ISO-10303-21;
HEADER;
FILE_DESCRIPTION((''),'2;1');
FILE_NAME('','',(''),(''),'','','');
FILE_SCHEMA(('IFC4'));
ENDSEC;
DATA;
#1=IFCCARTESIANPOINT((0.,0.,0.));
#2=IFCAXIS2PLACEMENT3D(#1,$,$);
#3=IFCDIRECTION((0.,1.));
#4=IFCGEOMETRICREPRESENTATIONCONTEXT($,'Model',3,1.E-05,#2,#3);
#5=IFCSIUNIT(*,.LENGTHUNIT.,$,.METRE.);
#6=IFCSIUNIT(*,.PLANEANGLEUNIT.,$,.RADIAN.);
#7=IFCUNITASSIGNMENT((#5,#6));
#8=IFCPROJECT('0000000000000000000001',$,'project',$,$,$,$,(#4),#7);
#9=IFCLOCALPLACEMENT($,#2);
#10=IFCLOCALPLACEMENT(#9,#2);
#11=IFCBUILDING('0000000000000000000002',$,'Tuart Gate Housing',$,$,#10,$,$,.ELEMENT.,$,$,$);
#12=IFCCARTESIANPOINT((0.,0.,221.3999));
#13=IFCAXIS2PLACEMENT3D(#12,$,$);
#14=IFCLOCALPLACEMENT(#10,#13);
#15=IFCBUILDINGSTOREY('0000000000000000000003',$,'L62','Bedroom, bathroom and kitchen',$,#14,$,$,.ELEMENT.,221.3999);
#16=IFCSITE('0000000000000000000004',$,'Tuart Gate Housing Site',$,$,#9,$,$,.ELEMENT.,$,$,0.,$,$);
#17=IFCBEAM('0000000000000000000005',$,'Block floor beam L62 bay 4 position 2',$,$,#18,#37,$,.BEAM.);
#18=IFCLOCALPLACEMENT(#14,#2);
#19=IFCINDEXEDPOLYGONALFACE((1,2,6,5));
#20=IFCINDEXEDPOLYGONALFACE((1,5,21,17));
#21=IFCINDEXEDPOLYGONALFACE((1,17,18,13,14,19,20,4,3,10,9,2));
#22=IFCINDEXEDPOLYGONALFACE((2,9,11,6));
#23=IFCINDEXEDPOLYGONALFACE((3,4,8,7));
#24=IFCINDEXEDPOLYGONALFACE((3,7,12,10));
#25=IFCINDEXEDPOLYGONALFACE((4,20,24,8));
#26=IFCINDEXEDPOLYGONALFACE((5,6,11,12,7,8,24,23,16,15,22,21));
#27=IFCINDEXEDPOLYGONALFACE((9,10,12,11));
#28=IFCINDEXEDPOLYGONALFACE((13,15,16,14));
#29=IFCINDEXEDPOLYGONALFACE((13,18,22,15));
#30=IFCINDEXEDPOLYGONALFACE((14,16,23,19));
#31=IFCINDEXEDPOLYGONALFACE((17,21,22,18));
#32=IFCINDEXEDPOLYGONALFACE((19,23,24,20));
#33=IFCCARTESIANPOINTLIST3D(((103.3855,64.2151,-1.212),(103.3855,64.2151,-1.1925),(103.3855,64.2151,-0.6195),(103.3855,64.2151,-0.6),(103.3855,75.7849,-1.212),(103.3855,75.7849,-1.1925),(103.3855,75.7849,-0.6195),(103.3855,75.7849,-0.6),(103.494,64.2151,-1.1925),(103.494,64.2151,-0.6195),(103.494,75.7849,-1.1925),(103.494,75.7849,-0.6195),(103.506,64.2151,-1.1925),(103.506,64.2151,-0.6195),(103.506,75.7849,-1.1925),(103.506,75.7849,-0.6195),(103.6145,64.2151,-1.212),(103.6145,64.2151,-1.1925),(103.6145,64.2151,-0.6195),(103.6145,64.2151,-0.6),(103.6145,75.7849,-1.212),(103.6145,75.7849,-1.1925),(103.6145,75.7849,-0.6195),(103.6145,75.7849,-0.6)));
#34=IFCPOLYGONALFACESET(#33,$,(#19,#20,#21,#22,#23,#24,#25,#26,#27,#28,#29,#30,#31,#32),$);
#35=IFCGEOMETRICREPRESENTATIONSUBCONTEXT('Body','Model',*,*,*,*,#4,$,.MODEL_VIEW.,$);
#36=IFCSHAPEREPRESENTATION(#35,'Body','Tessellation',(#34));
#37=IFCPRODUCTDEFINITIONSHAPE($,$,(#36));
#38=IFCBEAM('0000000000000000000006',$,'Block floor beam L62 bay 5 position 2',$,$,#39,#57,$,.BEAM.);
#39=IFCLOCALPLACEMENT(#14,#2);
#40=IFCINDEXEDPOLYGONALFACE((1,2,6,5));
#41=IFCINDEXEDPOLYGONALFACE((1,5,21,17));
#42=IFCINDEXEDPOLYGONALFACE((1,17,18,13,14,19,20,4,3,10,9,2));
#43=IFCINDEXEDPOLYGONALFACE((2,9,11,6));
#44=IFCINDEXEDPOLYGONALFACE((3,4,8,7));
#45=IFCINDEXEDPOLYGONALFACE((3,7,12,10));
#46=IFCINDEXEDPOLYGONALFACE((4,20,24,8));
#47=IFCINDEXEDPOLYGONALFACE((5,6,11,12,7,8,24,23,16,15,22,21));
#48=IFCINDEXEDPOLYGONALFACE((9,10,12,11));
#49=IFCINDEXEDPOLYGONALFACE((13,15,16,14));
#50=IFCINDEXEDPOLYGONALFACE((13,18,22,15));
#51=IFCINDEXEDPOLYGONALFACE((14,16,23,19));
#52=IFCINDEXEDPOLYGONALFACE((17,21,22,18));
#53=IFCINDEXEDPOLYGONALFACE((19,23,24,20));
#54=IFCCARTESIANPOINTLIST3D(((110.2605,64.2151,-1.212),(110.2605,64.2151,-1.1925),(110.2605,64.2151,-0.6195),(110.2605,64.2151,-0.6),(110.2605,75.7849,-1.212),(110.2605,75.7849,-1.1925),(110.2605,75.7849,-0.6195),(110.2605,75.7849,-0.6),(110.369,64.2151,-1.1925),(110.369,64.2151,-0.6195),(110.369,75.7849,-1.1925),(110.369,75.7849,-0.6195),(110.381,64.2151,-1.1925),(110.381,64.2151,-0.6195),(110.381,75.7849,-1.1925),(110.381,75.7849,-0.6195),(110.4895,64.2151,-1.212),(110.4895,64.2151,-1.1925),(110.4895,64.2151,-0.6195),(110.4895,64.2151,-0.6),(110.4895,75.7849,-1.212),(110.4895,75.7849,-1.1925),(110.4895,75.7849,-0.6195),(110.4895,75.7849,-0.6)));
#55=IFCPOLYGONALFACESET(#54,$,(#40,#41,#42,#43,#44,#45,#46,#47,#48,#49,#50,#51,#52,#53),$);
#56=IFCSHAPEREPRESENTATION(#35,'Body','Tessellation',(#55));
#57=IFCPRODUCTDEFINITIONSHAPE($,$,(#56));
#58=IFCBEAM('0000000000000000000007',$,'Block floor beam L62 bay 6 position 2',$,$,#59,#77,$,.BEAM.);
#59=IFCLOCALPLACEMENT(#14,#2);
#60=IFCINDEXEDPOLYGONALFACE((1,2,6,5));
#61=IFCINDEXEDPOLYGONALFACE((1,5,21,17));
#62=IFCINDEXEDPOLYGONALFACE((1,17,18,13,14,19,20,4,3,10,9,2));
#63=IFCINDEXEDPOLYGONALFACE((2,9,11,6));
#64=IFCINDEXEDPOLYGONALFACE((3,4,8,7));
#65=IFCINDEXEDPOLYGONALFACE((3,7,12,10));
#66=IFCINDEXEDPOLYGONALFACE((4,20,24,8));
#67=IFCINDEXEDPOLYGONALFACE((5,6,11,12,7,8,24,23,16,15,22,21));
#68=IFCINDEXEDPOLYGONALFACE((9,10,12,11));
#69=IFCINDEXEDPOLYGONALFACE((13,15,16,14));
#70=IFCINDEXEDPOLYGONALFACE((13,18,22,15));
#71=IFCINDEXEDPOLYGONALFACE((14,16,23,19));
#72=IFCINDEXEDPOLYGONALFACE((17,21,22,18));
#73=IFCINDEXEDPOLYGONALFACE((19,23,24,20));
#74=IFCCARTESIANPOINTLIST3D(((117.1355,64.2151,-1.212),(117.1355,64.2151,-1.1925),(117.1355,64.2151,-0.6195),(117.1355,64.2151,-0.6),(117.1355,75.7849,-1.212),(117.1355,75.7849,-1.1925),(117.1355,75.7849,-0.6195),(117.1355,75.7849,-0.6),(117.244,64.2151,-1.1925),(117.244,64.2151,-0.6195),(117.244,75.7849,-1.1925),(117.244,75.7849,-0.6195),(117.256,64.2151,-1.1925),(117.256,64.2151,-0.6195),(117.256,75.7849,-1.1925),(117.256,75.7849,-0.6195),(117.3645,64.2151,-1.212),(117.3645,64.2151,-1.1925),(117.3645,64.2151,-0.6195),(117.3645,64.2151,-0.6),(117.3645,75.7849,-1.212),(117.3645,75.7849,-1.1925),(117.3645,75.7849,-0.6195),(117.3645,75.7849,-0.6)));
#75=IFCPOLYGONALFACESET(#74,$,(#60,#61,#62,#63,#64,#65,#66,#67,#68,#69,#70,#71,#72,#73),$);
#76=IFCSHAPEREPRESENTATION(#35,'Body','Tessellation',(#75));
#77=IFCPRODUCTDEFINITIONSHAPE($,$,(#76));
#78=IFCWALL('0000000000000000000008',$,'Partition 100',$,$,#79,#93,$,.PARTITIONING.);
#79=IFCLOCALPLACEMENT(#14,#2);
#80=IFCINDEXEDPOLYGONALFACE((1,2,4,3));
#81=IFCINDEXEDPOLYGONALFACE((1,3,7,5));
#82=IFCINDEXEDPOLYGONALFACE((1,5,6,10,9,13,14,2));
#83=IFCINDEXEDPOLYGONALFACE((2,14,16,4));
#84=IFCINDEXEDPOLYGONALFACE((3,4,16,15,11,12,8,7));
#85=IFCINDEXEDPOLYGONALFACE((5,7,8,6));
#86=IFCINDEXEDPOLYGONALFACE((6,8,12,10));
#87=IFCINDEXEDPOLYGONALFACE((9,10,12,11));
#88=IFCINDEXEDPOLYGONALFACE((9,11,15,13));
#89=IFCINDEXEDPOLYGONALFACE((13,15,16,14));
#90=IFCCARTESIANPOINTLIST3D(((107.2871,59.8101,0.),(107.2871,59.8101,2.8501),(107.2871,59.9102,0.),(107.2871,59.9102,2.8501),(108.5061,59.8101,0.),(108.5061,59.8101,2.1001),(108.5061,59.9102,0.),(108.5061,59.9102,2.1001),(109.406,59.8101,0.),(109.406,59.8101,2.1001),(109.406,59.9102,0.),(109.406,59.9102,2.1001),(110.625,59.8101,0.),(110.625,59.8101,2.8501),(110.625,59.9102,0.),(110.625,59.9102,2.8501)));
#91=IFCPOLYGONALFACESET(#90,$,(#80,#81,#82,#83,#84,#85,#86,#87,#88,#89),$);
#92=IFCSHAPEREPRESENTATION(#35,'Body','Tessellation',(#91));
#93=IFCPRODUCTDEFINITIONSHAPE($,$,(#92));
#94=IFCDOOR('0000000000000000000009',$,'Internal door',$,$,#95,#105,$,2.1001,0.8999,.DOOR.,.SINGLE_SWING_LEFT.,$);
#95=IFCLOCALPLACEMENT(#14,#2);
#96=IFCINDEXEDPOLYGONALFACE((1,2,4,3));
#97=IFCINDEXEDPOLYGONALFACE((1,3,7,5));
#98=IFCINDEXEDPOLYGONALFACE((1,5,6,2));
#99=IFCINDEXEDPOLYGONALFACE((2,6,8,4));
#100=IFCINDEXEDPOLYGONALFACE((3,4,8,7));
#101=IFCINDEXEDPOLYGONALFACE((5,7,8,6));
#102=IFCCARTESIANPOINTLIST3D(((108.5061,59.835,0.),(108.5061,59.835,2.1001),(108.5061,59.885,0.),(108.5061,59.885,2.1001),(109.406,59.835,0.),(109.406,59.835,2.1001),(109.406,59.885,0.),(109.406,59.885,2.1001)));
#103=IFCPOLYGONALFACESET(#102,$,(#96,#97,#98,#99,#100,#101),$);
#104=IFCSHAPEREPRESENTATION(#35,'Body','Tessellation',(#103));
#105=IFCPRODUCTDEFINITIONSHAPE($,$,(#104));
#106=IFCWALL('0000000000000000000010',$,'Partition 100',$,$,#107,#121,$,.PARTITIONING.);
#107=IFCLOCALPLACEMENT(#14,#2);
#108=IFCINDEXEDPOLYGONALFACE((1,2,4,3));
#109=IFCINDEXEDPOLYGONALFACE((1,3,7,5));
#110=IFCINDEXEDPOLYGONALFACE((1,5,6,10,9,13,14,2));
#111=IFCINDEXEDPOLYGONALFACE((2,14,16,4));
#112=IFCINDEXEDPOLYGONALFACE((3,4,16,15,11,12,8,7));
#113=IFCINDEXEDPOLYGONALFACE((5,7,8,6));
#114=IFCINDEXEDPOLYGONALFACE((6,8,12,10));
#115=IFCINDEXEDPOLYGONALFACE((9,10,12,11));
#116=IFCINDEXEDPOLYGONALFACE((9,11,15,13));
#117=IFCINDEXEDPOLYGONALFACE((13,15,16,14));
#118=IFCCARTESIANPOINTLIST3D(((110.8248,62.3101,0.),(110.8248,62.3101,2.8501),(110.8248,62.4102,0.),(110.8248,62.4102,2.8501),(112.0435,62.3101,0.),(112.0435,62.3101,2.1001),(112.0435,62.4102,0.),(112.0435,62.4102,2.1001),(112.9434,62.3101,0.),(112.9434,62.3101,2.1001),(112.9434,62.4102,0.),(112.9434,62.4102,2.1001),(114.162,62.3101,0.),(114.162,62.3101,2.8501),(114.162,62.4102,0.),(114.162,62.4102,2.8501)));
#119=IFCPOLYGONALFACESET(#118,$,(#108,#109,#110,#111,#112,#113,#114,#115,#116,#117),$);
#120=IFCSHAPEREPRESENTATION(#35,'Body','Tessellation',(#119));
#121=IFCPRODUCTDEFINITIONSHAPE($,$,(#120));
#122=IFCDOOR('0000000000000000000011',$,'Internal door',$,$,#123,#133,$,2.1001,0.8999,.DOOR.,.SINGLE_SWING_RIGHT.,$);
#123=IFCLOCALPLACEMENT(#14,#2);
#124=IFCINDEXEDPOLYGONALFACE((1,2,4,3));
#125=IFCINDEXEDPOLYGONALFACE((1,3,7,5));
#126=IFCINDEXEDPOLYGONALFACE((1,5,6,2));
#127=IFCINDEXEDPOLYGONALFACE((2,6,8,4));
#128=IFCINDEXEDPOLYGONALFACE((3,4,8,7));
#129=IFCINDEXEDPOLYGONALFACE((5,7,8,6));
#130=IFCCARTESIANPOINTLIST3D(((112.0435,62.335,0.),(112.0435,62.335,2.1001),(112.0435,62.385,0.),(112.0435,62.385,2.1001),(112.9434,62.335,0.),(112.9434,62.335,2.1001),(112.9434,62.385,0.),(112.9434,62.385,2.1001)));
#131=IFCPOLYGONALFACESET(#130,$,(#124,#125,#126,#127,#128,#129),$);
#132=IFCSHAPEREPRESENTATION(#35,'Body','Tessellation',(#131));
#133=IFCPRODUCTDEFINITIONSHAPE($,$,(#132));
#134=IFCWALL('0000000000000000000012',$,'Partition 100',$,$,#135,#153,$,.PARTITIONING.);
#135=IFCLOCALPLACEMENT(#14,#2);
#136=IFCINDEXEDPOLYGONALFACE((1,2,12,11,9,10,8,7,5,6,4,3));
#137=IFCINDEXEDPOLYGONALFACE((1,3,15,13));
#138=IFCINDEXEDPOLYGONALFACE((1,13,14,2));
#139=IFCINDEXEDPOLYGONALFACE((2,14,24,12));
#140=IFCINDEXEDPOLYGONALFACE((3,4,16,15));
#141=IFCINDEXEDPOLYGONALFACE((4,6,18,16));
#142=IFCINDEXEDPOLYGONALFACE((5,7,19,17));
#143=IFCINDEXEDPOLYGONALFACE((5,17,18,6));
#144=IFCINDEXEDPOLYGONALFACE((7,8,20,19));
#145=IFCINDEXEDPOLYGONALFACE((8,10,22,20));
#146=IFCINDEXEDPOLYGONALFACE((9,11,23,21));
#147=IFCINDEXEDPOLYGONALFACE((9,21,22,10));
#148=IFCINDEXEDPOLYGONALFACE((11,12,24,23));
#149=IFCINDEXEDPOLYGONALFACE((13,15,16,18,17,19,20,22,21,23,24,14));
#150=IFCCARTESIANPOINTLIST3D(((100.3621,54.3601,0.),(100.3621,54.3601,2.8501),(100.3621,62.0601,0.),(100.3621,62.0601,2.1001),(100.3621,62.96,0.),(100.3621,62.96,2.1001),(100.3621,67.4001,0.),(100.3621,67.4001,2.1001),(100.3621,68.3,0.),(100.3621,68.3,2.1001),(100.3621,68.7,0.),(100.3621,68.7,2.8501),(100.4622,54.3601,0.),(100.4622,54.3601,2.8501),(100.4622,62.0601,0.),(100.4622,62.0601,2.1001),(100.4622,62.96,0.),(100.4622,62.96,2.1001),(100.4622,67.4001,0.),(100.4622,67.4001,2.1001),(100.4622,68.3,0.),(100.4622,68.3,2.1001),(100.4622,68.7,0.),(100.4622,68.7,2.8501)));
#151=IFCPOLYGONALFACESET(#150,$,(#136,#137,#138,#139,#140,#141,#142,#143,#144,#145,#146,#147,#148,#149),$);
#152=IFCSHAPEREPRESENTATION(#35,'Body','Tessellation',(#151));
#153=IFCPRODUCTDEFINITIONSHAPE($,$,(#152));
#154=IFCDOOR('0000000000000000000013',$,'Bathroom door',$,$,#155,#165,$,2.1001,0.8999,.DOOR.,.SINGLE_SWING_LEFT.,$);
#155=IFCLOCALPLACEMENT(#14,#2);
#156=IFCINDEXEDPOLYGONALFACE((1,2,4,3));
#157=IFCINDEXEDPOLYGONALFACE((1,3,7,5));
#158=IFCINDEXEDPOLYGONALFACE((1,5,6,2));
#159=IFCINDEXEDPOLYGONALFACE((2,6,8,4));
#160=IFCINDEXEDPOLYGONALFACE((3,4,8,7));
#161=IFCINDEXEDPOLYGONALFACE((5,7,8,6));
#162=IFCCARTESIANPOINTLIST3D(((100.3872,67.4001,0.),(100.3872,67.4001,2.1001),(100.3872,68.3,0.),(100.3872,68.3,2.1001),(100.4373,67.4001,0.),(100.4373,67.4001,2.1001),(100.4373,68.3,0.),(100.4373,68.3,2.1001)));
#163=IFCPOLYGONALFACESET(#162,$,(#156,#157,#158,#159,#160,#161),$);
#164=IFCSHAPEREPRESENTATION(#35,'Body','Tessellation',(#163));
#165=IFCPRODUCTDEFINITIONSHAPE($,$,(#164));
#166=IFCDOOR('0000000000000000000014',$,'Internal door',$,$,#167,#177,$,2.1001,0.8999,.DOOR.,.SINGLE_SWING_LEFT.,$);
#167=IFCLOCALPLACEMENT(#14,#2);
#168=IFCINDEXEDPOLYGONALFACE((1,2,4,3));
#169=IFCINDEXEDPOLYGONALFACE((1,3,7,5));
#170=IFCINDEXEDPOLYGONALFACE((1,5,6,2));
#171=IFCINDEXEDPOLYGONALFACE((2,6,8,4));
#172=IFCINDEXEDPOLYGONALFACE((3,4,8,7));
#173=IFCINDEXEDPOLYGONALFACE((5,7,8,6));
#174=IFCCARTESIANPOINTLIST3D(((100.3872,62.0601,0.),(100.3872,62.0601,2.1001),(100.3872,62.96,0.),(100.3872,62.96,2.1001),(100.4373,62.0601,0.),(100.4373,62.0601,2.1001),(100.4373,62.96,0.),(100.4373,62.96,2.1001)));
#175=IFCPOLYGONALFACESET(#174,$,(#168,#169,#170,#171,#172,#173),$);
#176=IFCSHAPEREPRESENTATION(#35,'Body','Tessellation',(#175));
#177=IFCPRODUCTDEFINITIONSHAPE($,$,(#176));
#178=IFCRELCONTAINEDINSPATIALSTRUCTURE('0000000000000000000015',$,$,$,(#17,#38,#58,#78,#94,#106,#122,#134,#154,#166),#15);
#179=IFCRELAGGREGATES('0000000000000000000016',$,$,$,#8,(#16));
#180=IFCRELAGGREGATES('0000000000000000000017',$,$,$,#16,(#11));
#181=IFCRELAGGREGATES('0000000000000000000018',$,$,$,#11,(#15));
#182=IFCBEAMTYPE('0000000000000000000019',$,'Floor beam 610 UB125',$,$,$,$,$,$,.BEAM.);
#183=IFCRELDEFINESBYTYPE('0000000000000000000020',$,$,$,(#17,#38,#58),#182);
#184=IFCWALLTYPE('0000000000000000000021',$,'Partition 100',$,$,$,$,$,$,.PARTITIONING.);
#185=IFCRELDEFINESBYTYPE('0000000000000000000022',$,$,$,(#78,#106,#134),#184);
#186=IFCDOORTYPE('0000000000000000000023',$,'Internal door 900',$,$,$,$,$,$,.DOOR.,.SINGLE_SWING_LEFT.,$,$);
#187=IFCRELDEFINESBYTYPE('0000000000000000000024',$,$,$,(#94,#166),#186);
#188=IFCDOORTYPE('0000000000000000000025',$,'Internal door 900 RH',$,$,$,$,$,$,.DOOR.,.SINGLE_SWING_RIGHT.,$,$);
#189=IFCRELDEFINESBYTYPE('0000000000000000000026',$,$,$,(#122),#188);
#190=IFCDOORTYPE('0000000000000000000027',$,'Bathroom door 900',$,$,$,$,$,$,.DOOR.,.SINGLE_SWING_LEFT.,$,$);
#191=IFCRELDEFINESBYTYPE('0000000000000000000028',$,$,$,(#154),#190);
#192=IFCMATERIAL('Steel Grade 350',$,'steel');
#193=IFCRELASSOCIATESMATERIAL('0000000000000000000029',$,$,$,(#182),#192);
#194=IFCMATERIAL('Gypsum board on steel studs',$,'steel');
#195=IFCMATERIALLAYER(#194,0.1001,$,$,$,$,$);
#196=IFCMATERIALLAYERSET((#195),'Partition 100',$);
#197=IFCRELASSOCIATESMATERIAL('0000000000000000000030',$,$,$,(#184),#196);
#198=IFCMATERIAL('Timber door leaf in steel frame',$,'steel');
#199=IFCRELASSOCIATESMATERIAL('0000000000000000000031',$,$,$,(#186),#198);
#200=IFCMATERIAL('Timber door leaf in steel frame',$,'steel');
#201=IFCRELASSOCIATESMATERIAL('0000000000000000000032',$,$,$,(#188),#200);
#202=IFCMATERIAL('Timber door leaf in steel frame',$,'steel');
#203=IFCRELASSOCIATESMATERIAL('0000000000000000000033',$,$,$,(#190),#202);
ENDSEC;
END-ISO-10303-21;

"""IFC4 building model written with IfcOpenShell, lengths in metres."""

from ifc_helpers import new_model, si_unit, direction, frame, frame_2d, origin, origin_2d, place, context, subcontext, project, spatial, rectangle, i_section, extrude, material, layer, layer_set, material_profile, profile_set, type_object, element, fill, save


model = new_model("IFC4")

# Units and contexts
model_context = context("Model", 3, precision=1e-05, world=origin(), true_north=direction((0.0, 1.0)))
body_context = subcontext(model_context, "Body", "Model", "MODEL_VIEW")
ifc_project = project(units=[si_unit("LENGTHUNIT", "METRE"), si_unit("PLANEANGLEUNIT", "RADIAN")], contexts=[model_context])

# Site, building, storey
site_placement = place(None, origin())
site = spatial("IfcSite", under=ifc_project, at=site_placement, Name="Tuart Gate Housing Site", CompositionType="ELEMENT", RefElevation=0.0)
building_placement = place(site_placement, origin())
building = spatial("IfcBuilding", under=site, at=building_placement, Name="Tuart Gate Housing", CompositionType="ELEMENT")
storey_placement = place(building_placement, frame((0.0, 0.0, 221.3999)))
storey = spatial("IfcBuildingStorey", under=building, at=storey_placement, Name="L62", Description="Bedroom, bathroom and kitchen", CompositionType="ELEMENT", Elevation=221.3999)

# Beams
ifc_material_1 = material(Name="Steel Grade 350", Category="steel")
ifc_material_profile_1 = material_profile(ifc_material_1, i_section(OverallWidth=0.229, OverallDepth=0.6121, WebThickness=0.012, FlangeThickness=0.0195, at=origin_2d()), Name="610UB125")
ifc_profile_set_1 = profile_set([ifc_material_profile_1], Name="Steel Grade 350")
beam_type_1 = type_object("IfcBeamType", Name="Floor beam 610 UB125", PredefinedType="BEAM", material=ifc_profile_set_1)
for number, where, z_axis, x_axis, name in (
    (1, (103.5, 64.2151, -0.906), (0.0, 1.0, 0.0), (-1.0, 0.0, 0.0), "Block floor beam L62 bay 4 position 2"),
    (2, (110.375, 64.2151, -0.906), (0.0, 1.0, 0.0), (-1.0, 0.0, 0.0), "Block floor beam L62 bay 5 position 2"),
    (3, (117.25, 64.2151, -0.906), (0.0, 1.0, 0.0), (-1.0, 0.0, 0.0), "Block floor beam L62 bay 6 position 2"),
):
    element("IfcBeam", number, at=place(storey_placement, frame(where, z_axis=z_axis, x_axis=x_axis)), inside=storey, type_object=beam_type_1, Name=name, PredefinedType="BEAM", context=body_context, shape_type="SweptSolid", body=[
        extrude(i_section(OverallWidth=0.229, OverallDepth=0.6121, WebThickness=0.012, FlangeThickness=0.0195, at=origin_2d()), origin(), (0.0, 0.0, 1.0), 11.5698),
    ])

# Walls, openings, doors
ifc_material_2 = material(Name="Gypsum board on steel studs", Category="steel")
ifc_layer_1 = layer(ifc_material_2, 0.1001)
ifc_layer_set_1 = layer_set([ifc_layer_1], Name="Partition 100")
wall_type_1 = type_object("IfcWallType", Name="Partition 100", PredefinedType="PARTITIONING", material=ifc_layer_set_1)
wall_1_placement = place(storey_placement, frame((107.2871, 59.8601, 0.0), z_axis=(0.0, 0.0, 1.0), x_axis=(1.0, 0.0, 0.0)))
wall_1 = element("IfcWall", 4, at=wall_1_placement, inside=storey, type_object=wall_type_1, Name="Partition 100", PredefinedType="PARTITIONING", context=body_context, shape_type="SweptSolid", body=[
    extrude(rectangle(XDim=3.3379, YDim=0.1001, at=frame_2d((1.6689, 0.0))), origin(), (0.0, 0.0, 1.0), 2.8501),
])
opening_1_placement = place(wall_1_placement, frame((1.219, 0.0, 0.0)))
opening_1 = element("IfcOpeningElement", 5, at=opening_1_placement, cuts=wall_1, PredefinedType="OPENING", context=body_context, shape_type="SweptSolid", body=[
    extrude(rectangle(XDim=0.8999, YDim=2.1001, at=frame_2d((0.45, 1.05))), frame((0.0, 0.0601, 0.0), z_axis=(0.0, -1.0, 0.0), x_axis=(1.0, 0.0, 0.0)), (0.0, 0.0, 1.0), 0.1201),
])
ifc_material_3 = material(Name="Timber door leaf in steel frame", Category="steel")
door_type_1 = type_object("IfcDoorType", Name="Internal door 900", OperationType="SINGLE_SWING_LEFT", PredefinedType="DOOR", material=ifc_material_3)
door_1_placement = place(opening_1_placement, origin())
door_1 = element("IfcDoor", 6, at=door_1_placement, inside=storey, type_object=door_type_1, Name="Internal door", OperationType="SINGLE_SWING_LEFT", OverallHeight=2.1001, OverallWidth=0.8999, PredefinedType="DOOR", context=body_context, shape_type="SweptSolid", body=[
    extrude(rectangle(XDim=0.8999, YDim=2.1001, at=frame_2d((0.45, 1.05))), frame((0.0, 0.0249, 0.0), z_axis=(0.0, -1.0, 0.0), x_axis=(1.0, 0.0, 0.0)), (0.0, 0.0, 1.0), 0.05),
])
fill(opening_1, door_1)
wall_2_placement = place(storey_placement, frame((110.825, 62.3601, 0.0), z_axis=(0.0, 0.0, 1.0), x_axis=(1.0, 0.0, 0.0)))
wall_2 = element("IfcWall", 7, at=wall_2_placement, inside=storey, type_object=wall_type_1, Name="Partition 100", PredefinedType="PARTITIONING", context=body_context, shape_type="SweptSolid", body=[
    extrude(rectangle(XDim=3.3372, YDim=0.1001, at=frame_2d((1.6685, 0.0))), origin(), (0.0, 0.0, 1.0), 2.8501),
])
opening_2_placement = place(wall_2_placement, frame((1.2185, 0.0, 0.0)))
opening_2 = element("IfcOpeningElement", 8, at=opening_2_placement, cuts=wall_2, PredefinedType="OPENING", context=body_context, shape_type="SweptSolid", body=[
    extrude(rectangle(XDim=0.8999, YDim=2.1001, at=frame_2d((0.45, 1.05))), frame((0.0, 0.0601, 0.0), z_axis=(0.0, -1.0, 0.0), x_axis=(1.0, 0.0, 0.0)), (0.0, 0.0, 1.0), 0.1201),
])
ifc_material_4 = material(Name="Timber door leaf in steel frame", Category="steel")
door_type_2 = type_object("IfcDoorType", Name="Internal door 900 RH", OperationType="SINGLE_SWING_RIGHT", PredefinedType="DOOR", material=ifc_material_4)
door_2_placement = place(opening_2_placement, origin())
door_2 = element("IfcDoor", 9, at=door_2_placement, inside=storey, type_object=door_type_2, Name="Internal door", OperationType="SINGLE_SWING_RIGHT", OverallHeight=2.1001, OverallWidth=0.8999, PredefinedType="DOOR", context=body_context, shape_type="SweptSolid", body=[
    extrude(rectangle(XDim=0.8999, YDim=2.1001, at=frame_2d((0.45, 1.05))), frame((0.0, 0.0249, 0.0), z_axis=(0.0, -1.0, 0.0), x_axis=(1.0, 0.0, 0.0)), (0.0, 0.0, 1.0), 0.05),
])
fill(opening_2, door_2)

# Wall, openings, doors
wall_3_placement = place(storey_placement, frame((100.4121, 54.3601, 0.0), z_axis=(0.0, 0.0, 1.0), x_axis=(0.0, 1.0, 0.0)))
wall_3 = element("IfcWall", 10, at=wall_3_placement, inside=storey, type_object=wall_type_1, Name="Partition 100", PredefinedType="PARTITIONING", context=body_context, shape_type="SweptSolid", body=[
    extrude(rectangle(XDim=14.3398, YDim=0.1001, at=frame_2d((7.1699, 0.0))), origin(), (0.0, 0.0, 1.0), 2.8501),
])
opening_3_placement = place(wall_3_placement, frame((7.7, 0.0, 0.0)))
opening_3 = element("IfcOpeningElement", 11, at=opening_3_placement, cuts=wall_3, PredefinedType="OPENING", context=body_context, shape_type="SweptSolid", body=[
    extrude(rectangle(XDim=0.8999, YDim=2.1001, at=frame_2d((0.45, 1.05))), frame((0.0, 0.0601, 0.0), z_axis=(0.0, -1.0, 0.0), x_axis=(1.0, 0.0, 0.0)), (0.0, 0.0, 1.0), 0.1201),
])
opening_4_placement = place(wall_3_placement, frame((13.04, 0.0, 0.0)))
opening_4 = element("IfcOpeningElement", 12, at=opening_4_placement, cuts=wall_3, PredefinedType="OPENING", context=body_context, shape_type="SweptSolid", body=[
    extrude(rectangle(XDim=0.8999, YDim=2.1001, at=frame_2d((0.45, 1.05))), frame((0.0, 0.0601, 0.0), z_axis=(0.0, -1.0, 0.0), x_axis=(1.0, 0.0, 0.0)), (0.0, 0.0, 1.0), 0.1201),
])
ifc_material_5 = material(Name="Timber door leaf in steel frame", Category="steel")
door_type_3 = type_object("IfcDoorType", Name="Bathroom door 900", OperationType="SINGLE_SWING_LEFT", PredefinedType="DOOR", material=ifc_material_5)
door_3_placement = place(opening_4_placement, frame((0.8999, 0.0, 0.0), z_axis=(0.0, 0.0, 1.0), x_axis=(-1.0, 0.0, 0.0)))
door_3 = element("IfcDoor", 13, at=door_3_placement, inside=storey, type_object=door_type_3, Name="Bathroom door", OperationType="SINGLE_SWING_LEFT", OverallHeight=2.1001, OverallWidth=0.8999, PredefinedType="DOOR", context=body_context, shape_type="SweptSolid", body=[
    extrude(rectangle(XDim=0.8999, YDim=2.1001, at=frame_2d((0.45, 1.05))), frame((0.0, 0.0251, 0.0), z_axis=(0.0, -1.0, 0.0), x_axis=(1.0, 0.0, 0.0)), (0.0, 0.0, 1.0), 0.05),
])
fill(opening_4, door_3)
door_4_placement = place(opening_3_placement, frame((0.8999, 0.0, 0.0), z_axis=(0.0, 0.0, 1.0), x_axis=(-1.0, 0.0, 0.0)))
door_4 = element("IfcDoor", 14, at=door_4_placement, inside=storey, type_object=door_type_1, Name="Internal door", OperationType="SINGLE_SWING_LEFT", OverallHeight=2.1001, OverallWidth=0.8999, PredefinedType="DOOR", context=body_context, shape_type="SweptSolid", body=[
    extrude(rectangle(XDim=0.8999, YDim=2.1001, at=frame_2d((0.45, 1.05))), frame((0.0, 0.0251, 0.0), z_axis=(0.0, -1.0, 0.0), x_axis=(1.0, 0.0, 0.0)), (0.0, 0.0, 1.0), 0.05),
])
fill(opening_3, door_4)

save(model, "model.ifc")
